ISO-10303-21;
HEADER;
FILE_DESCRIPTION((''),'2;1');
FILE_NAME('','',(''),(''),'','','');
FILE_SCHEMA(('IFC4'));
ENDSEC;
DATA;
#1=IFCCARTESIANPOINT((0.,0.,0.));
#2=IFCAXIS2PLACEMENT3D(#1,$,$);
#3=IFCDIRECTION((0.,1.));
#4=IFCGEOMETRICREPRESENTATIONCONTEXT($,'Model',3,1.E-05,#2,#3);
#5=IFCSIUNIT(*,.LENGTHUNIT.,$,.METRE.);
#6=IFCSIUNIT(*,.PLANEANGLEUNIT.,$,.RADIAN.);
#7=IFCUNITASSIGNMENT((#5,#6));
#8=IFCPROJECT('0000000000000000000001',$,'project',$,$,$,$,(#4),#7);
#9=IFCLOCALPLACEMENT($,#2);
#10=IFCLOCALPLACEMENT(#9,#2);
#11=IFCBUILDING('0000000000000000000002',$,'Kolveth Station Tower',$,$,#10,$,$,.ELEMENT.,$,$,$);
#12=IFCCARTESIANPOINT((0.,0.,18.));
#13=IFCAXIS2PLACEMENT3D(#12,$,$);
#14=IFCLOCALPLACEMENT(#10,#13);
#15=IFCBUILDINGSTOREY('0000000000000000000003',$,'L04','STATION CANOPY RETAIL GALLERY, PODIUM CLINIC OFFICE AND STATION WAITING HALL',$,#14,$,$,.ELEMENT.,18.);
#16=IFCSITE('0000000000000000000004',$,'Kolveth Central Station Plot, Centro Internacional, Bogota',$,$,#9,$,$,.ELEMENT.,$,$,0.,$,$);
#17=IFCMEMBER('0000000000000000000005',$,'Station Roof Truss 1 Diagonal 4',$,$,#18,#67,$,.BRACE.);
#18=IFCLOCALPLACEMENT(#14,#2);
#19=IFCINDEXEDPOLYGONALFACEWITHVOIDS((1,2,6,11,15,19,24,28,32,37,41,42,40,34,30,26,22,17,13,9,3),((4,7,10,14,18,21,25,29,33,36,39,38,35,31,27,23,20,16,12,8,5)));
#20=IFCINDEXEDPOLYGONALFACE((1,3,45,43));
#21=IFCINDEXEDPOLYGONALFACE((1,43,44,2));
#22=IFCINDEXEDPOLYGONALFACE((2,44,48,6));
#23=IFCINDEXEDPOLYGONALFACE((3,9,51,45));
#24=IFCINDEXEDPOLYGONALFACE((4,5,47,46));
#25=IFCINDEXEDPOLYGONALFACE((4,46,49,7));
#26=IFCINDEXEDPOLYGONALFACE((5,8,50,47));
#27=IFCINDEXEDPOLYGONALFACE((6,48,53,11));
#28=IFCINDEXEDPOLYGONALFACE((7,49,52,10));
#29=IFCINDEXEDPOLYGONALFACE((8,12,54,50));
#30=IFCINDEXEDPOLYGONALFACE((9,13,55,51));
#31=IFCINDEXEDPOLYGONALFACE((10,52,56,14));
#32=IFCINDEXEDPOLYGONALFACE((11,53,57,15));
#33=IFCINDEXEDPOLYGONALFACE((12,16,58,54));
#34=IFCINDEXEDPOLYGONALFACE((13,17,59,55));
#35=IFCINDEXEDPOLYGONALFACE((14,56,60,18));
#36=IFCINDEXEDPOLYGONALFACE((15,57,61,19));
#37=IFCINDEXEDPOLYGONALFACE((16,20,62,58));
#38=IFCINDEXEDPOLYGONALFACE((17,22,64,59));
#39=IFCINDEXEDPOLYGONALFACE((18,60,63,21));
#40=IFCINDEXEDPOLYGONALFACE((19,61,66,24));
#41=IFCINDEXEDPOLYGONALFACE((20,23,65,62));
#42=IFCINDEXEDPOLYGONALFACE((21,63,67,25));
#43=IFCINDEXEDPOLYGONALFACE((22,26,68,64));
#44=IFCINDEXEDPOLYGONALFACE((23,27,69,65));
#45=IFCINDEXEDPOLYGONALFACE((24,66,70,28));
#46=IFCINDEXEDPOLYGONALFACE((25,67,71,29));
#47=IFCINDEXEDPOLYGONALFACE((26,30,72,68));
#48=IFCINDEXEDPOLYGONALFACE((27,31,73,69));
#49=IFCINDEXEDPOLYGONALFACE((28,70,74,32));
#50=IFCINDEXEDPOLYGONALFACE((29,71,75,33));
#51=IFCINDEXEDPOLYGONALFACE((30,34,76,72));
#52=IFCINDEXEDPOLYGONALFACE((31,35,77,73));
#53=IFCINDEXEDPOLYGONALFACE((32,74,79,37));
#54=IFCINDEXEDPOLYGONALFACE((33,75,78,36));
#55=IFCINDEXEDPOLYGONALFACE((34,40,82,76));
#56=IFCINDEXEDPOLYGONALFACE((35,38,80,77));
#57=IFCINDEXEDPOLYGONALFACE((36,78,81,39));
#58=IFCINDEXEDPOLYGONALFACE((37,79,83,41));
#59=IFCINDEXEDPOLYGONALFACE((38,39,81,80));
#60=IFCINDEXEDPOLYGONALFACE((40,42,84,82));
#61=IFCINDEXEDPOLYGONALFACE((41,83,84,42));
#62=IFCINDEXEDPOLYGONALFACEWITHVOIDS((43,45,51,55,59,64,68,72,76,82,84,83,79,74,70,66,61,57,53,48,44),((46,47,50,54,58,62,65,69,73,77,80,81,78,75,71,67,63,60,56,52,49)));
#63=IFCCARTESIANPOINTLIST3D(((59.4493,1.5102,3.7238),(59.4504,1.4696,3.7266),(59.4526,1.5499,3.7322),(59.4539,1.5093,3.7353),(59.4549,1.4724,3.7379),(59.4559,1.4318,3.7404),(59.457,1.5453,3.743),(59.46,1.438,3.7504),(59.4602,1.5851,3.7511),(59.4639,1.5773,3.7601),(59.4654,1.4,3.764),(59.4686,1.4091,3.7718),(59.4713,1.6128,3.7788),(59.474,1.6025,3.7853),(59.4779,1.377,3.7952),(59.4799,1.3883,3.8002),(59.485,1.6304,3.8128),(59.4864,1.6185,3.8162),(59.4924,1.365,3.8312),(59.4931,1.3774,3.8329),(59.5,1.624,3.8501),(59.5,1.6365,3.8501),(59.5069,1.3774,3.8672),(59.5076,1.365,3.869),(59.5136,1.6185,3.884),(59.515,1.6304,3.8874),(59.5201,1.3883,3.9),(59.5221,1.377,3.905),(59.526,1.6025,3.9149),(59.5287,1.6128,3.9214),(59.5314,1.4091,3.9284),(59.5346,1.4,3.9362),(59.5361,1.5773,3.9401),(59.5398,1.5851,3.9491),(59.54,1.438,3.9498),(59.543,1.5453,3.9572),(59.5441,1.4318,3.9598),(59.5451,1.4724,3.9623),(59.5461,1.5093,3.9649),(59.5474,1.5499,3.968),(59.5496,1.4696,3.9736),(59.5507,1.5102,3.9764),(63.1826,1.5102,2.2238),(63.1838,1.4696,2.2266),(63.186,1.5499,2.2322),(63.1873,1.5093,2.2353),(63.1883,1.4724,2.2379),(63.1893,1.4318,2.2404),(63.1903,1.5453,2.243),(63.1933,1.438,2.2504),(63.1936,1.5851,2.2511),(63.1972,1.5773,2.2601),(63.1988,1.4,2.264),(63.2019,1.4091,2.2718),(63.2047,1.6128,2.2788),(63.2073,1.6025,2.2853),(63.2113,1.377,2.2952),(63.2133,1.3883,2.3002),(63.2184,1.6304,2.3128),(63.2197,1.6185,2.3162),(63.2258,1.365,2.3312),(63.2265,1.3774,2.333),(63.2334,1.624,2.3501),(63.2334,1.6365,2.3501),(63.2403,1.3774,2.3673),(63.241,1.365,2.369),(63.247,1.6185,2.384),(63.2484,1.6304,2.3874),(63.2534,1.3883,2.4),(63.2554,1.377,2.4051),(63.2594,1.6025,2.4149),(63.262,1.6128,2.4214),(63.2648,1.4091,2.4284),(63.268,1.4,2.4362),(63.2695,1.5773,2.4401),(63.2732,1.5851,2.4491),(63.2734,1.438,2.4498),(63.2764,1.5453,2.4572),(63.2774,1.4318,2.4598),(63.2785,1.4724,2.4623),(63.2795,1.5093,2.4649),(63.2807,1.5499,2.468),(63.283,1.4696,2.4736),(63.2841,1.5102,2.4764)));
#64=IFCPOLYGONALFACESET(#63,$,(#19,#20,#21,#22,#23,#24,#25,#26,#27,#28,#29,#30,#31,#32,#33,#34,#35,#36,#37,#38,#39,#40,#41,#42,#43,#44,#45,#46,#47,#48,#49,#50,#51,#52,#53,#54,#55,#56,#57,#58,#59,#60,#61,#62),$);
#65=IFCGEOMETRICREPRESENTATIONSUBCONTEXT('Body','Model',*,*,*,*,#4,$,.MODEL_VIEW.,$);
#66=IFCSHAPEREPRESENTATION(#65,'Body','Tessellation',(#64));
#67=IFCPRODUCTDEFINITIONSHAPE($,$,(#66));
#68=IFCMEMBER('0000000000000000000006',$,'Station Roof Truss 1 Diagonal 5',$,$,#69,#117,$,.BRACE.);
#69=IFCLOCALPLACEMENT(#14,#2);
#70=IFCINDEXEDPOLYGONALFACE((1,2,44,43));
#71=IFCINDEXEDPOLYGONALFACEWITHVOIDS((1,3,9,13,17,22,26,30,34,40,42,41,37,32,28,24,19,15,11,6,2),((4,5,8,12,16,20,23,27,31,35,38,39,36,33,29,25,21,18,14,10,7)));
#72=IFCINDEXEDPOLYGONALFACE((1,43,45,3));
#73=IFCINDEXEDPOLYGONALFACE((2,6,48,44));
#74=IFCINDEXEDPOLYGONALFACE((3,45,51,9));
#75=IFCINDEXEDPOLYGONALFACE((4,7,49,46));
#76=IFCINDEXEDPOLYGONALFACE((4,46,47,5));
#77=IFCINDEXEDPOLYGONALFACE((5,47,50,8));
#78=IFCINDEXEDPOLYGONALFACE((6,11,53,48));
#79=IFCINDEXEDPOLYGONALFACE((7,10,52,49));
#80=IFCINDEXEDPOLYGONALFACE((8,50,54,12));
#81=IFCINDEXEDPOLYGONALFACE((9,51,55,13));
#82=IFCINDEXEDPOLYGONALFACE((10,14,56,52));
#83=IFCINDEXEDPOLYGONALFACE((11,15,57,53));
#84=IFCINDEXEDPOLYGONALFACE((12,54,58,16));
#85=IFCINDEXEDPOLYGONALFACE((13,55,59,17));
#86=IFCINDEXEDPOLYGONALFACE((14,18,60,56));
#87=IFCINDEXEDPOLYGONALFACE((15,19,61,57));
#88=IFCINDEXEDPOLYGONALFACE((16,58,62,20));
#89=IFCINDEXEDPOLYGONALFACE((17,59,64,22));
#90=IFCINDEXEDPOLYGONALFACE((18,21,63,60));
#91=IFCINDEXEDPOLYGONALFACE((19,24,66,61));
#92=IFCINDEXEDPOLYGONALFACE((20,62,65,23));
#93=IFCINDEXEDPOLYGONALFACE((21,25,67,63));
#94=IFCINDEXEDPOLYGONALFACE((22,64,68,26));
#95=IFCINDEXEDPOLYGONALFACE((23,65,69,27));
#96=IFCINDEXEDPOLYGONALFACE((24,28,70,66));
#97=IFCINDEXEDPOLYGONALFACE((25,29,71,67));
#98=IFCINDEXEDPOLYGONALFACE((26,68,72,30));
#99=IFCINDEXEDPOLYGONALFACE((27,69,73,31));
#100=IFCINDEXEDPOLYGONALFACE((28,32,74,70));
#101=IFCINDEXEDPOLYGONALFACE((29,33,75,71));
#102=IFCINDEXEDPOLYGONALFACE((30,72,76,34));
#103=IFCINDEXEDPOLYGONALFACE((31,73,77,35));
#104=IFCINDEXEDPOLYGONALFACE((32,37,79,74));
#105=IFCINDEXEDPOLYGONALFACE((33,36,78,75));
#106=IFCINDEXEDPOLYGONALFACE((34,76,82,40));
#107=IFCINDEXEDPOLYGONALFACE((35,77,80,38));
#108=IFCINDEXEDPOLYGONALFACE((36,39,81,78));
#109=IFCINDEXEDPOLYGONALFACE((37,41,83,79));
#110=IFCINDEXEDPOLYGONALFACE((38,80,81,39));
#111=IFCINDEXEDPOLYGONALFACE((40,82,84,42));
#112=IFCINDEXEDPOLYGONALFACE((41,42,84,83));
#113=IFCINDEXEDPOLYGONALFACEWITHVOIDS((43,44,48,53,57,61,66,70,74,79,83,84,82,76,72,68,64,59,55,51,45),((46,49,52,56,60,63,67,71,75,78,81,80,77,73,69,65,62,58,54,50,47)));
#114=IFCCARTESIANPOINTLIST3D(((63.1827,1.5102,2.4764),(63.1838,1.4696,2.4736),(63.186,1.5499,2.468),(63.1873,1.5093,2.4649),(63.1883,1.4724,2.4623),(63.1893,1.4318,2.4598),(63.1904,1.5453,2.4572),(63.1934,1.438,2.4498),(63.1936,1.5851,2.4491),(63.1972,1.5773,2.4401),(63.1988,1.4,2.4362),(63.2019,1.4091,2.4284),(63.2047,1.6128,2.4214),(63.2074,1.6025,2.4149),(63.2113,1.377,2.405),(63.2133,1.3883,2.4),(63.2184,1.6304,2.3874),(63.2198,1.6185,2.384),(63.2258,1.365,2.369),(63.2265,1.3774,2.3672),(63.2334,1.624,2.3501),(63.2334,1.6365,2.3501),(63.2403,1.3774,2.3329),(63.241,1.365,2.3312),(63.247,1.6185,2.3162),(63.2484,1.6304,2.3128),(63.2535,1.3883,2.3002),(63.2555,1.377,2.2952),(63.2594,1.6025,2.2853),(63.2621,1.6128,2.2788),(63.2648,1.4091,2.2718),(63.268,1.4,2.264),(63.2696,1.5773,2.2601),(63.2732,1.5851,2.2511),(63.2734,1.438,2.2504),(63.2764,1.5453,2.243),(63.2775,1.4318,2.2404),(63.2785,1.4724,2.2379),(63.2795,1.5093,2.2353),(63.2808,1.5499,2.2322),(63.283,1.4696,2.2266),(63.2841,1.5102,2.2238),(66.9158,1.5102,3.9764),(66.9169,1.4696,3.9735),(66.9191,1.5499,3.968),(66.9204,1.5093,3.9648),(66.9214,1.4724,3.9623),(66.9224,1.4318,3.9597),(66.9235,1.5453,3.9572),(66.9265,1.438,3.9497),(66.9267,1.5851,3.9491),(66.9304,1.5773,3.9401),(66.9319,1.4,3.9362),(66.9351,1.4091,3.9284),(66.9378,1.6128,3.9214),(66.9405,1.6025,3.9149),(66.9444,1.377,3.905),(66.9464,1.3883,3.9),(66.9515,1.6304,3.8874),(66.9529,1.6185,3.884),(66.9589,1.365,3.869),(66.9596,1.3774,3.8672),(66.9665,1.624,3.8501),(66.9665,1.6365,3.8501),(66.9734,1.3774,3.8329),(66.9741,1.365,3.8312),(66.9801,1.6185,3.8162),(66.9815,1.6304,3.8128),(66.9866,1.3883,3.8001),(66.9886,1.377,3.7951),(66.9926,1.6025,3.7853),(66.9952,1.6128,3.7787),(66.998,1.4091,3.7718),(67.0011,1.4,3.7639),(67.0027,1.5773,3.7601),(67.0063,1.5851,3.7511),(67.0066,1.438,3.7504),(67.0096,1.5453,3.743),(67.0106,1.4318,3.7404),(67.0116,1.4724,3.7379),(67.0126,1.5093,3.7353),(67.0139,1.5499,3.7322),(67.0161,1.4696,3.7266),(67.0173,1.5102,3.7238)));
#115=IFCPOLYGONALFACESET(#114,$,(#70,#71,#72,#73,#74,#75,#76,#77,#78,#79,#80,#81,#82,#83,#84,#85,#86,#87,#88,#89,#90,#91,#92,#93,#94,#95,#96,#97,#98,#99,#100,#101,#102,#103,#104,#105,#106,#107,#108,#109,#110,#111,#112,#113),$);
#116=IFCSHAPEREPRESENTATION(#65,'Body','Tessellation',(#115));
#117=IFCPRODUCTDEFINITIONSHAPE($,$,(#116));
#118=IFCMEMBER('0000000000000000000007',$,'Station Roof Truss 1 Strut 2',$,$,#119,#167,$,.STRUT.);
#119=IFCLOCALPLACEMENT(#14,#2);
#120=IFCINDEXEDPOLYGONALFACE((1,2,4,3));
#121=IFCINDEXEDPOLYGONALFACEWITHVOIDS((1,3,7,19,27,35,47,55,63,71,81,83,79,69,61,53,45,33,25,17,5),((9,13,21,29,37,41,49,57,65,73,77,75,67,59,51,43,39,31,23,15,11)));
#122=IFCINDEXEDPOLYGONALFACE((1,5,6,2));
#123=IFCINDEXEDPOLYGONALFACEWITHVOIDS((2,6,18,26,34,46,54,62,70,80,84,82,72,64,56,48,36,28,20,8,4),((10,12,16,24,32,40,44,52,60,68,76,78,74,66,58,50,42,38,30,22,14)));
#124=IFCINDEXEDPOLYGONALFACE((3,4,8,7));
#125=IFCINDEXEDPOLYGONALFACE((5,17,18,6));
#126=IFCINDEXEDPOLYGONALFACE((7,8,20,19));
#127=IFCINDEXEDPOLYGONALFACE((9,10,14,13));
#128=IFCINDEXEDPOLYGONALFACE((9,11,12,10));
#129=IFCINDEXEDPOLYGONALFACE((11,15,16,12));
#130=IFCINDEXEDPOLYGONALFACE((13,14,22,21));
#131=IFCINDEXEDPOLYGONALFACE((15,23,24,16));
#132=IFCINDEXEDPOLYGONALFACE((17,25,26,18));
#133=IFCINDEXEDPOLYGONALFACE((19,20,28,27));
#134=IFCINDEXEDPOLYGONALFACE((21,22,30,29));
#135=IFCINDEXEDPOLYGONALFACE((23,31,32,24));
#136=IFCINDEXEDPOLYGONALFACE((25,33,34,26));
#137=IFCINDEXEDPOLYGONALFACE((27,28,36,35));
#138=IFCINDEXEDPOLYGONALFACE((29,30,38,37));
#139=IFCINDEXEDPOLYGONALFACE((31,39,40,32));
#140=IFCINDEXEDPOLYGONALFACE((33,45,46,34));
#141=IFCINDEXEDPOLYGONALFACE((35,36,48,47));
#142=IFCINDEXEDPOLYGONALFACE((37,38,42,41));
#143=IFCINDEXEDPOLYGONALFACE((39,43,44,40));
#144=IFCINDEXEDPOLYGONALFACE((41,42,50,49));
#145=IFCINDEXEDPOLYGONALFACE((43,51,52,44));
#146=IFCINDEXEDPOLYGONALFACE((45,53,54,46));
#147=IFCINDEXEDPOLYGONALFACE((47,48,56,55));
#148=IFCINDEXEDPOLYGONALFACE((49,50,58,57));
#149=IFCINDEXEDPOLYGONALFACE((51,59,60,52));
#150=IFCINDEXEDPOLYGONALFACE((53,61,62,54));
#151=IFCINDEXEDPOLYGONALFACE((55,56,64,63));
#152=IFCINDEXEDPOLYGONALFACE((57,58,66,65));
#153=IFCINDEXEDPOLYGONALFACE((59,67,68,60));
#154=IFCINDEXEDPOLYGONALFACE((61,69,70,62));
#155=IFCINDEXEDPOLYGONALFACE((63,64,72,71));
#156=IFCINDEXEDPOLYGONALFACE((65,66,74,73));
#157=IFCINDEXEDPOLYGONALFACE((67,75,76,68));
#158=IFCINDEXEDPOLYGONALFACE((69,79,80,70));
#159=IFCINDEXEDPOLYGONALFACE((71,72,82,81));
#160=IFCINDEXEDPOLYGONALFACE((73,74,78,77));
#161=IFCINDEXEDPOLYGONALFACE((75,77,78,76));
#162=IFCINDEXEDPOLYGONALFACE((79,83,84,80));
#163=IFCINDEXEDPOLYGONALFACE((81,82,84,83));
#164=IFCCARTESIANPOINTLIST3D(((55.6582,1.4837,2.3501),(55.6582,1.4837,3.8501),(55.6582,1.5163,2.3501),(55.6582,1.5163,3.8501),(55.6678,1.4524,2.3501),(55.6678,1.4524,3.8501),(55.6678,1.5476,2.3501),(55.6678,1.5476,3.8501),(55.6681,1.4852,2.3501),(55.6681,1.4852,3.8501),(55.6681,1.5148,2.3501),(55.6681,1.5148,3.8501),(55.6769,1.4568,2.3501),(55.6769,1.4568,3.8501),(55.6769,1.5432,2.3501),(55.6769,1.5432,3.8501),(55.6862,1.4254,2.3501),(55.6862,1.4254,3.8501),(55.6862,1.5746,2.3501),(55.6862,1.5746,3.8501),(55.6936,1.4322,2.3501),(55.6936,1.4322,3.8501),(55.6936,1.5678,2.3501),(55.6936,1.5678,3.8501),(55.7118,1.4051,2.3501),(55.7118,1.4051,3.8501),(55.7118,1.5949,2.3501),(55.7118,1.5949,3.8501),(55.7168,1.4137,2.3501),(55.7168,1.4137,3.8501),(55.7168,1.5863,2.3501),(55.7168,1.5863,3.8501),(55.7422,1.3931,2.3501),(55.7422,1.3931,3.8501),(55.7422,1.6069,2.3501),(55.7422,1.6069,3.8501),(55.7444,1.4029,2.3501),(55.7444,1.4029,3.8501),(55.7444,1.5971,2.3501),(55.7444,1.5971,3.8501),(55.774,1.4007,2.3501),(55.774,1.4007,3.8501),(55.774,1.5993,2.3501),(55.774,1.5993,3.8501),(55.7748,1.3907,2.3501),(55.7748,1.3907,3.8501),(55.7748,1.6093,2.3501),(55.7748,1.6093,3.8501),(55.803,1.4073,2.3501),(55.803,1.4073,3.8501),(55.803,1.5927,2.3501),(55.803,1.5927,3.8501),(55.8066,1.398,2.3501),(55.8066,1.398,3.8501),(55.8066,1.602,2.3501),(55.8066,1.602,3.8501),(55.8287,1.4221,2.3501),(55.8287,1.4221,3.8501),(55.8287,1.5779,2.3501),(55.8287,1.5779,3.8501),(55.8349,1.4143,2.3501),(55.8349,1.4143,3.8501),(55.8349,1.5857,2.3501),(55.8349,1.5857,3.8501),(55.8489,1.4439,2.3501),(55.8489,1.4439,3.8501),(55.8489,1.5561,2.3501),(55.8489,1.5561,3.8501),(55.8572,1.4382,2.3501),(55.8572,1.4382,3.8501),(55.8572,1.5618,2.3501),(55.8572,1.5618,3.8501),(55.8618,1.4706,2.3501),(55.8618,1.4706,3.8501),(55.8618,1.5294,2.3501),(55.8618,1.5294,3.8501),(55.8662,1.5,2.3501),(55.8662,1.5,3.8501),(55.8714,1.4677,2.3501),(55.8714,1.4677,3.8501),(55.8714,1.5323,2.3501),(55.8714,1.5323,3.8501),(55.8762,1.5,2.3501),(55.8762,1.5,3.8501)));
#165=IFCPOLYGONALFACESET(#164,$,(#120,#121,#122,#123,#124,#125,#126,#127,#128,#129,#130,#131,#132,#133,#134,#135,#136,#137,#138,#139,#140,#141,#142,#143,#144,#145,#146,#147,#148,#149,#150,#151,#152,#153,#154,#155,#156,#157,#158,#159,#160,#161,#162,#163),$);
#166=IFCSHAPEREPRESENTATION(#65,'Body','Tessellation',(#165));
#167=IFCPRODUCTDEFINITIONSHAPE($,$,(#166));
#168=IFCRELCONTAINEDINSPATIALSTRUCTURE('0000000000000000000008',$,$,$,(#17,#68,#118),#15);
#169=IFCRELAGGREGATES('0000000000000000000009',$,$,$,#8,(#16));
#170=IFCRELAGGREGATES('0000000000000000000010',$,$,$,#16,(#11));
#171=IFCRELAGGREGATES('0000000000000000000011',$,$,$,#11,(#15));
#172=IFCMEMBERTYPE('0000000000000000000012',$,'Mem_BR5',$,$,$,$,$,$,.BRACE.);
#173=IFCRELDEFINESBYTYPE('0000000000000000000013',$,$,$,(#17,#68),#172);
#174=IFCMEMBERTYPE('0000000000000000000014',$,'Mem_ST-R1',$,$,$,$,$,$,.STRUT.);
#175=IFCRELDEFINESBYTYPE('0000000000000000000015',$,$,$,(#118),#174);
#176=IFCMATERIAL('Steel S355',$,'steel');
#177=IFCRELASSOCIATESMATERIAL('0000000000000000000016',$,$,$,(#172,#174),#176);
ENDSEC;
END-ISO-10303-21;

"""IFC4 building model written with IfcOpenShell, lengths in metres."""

from ifc_helpers import new_model, si_unit, direction, frame, origin, origin_2d, place, context, subcontext, project, spatial, hollow_circle, extrude, source, transform, mapped, material, material_profile, profile_set, type_object, element, save


model = new_model("IFC4")

# Units and contexts
model_context = context("Model", 3, precision=1e-05, world=origin(), true_north=direction((0.0, 1.0)))
body_context = subcontext(model_context, "Body", "Model", "MODEL_VIEW")
ifc_project = project(units=[si_unit("LENGTHUNIT", "METRE"), si_unit("PLANEANGLEUNIT", "RADIAN")], contexts=[model_context])

# Site, building, storey
site_placement = place(None, origin())
site = spatial("IfcSite", under=ifc_project, at=site_placement, Name="Kolveth Central Station Plot, Centro Internacional, Bogota", CompositionType="ELEMENT", RefElevation=0.0)
building_placement = place(site_placement, origin())
building = spatial("IfcBuilding", under=site, at=building_placement, Name="Kolveth Station Tower", CompositionType="ELEMENT")
storey_placement = place(building_placement, frame((0.0, 0.0, 18.0)))
storey = spatial("IfcBuildingStorey", under=building, at=storey_placement, Name="L04", Description="STATION CANOPY RETAIL GALLERY, PODIUM CLINIC OFFICE AND STATION WAITING HALL", CompositionType="ELEMENT", Elevation=18.0)

# Shared definitions
ifc_material_1 = material(Name="Steel S355", Category="steel")

# Members
ifc_material_profile_1 = material_profile(ifc_material_1, hollow_circle(Radius=0.1365, WallThickness=0.0125, at=origin_2d()), Name="CHS273x12.5")
ifc_profile_set_1 = profile_set([ifc_material_profile_1], Name="Steel S355")
member_type_1 = type_object("IfcMemberType", Name="Mem_BR5", PredefinedType="BRACE", material=ifc_profile_set_1)
shared_shape_1 = source(origin(), body_context, "Body", "SweptSolid", [
    extrude(hollow_circle(Radius=0.1365, WallThickness=0.0125, at=origin_2d()), origin(), (0.0, 0.0, 1.0), 4.0234),
])
for number, where, z_axis, x_axis, name in (
    (1, (59.5, 1.5, 3.8501), (0.927906, 0.0, -0.372813), (0.0, 1.0, 0.0), "Station Roof Truss 1 Diagonal 4"),
):
    element("IfcMember", number, at=place(storey_placement, frame(where, z_axis=z_axis, x_axis=x_axis)), inside=storey, type_object=member_type_1, Name=name, PredefinedType="BRACE", context=body_context, shape_type="MappedRepresentation", body=[
        mapped(shared_shape_1, transform((0.0, 0.0, 0.0), x_axis=(1.0, 0.0, 0.0), y_axis=(0.0, 1.0, 0.0), z_axis=(0.0, 0.0, 1.0), scale=1.0)),
    ])
shared_shape_2 = source(origin(), body_context, "Body", "SweptSolid", [
    extrude(hollow_circle(Radius=0.1365, WallThickness=0.0125, at=origin_2d()), origin(), (0.0, 0.0, 1.0), 4.0232),
])
member_placement = place(storey_placement, frame((63.2334, 1.5, 2.3501), z_axis=(0.927898, 0.0, 0.372834), x_axis=(0.0, 1.0, 0.0)))
element("IfcMember", 2, at=member_placement, inside=storey, type_object=member_type_1, Name="Station Roof Truss 1 Diagonal 5", PredefinedType="BRACE", context=body_context, shape_type="MappedRepresentation", body=[
    mapped(shared_shape_2, transform((0.0, 0.0, 0.0), x_axis=(1.0, 0.0, 0.0), y_axis=(0.0, 1.0, 0.0), z_axis=(0.0, 0.0, 1.0), scale=1.0)),
])
ifc_material_profile_2 = material_profile(ifc_material_1, hollow_circle(Radius=0.1096, WallThickness=0.01, at=origin_2d()), Name="CHS219x10")
ifc_profile_set_2 = profile_set([ifc_material_profile_2], Name="Steel S355")
member_type_2 = type_object("IfcMemberType", Name="Mem_ST-R1", PredefinedType="STRUT", material=ifc_profile_set_2)
shared_shape_3 = source(origin(), body_context, "Body", "SweptSolid", [
    extrude(hollow_circle(Radius=0.1096, WallThickness=0.01, at=origin_2d()), origin(), (0.0, 0.0, 1.0), 1.5),
])
for number, where, z_axis, x_axis, name in (
    (3, (55.7666, 1.5, 2.3501), (0.0, 0.0, 1.0), (1.0, 0.0, 0.0), "Station Roof Truss 1 Strut 2"),
):
    element("IfcMember", number, at=place(storey_placement, frame(where, z_axis=z_axis, x_axis=x_axis)), inside=storey, type_object=member_type_2, Name=name, PredefinedType="STRUT", context=body_context, shape_type="MappedRepresentation", body=[
        mapped(shared_shape_3, transform((0.0, 0.0, 0.0), x_axis=(1.0, 0.0, 0.0), y_axis=(0.0, 1.0, 0.0), z_axis=(0.0, 0.0, 1.0), scale=1.0)),
    ])

save(model, "model.ifc")
